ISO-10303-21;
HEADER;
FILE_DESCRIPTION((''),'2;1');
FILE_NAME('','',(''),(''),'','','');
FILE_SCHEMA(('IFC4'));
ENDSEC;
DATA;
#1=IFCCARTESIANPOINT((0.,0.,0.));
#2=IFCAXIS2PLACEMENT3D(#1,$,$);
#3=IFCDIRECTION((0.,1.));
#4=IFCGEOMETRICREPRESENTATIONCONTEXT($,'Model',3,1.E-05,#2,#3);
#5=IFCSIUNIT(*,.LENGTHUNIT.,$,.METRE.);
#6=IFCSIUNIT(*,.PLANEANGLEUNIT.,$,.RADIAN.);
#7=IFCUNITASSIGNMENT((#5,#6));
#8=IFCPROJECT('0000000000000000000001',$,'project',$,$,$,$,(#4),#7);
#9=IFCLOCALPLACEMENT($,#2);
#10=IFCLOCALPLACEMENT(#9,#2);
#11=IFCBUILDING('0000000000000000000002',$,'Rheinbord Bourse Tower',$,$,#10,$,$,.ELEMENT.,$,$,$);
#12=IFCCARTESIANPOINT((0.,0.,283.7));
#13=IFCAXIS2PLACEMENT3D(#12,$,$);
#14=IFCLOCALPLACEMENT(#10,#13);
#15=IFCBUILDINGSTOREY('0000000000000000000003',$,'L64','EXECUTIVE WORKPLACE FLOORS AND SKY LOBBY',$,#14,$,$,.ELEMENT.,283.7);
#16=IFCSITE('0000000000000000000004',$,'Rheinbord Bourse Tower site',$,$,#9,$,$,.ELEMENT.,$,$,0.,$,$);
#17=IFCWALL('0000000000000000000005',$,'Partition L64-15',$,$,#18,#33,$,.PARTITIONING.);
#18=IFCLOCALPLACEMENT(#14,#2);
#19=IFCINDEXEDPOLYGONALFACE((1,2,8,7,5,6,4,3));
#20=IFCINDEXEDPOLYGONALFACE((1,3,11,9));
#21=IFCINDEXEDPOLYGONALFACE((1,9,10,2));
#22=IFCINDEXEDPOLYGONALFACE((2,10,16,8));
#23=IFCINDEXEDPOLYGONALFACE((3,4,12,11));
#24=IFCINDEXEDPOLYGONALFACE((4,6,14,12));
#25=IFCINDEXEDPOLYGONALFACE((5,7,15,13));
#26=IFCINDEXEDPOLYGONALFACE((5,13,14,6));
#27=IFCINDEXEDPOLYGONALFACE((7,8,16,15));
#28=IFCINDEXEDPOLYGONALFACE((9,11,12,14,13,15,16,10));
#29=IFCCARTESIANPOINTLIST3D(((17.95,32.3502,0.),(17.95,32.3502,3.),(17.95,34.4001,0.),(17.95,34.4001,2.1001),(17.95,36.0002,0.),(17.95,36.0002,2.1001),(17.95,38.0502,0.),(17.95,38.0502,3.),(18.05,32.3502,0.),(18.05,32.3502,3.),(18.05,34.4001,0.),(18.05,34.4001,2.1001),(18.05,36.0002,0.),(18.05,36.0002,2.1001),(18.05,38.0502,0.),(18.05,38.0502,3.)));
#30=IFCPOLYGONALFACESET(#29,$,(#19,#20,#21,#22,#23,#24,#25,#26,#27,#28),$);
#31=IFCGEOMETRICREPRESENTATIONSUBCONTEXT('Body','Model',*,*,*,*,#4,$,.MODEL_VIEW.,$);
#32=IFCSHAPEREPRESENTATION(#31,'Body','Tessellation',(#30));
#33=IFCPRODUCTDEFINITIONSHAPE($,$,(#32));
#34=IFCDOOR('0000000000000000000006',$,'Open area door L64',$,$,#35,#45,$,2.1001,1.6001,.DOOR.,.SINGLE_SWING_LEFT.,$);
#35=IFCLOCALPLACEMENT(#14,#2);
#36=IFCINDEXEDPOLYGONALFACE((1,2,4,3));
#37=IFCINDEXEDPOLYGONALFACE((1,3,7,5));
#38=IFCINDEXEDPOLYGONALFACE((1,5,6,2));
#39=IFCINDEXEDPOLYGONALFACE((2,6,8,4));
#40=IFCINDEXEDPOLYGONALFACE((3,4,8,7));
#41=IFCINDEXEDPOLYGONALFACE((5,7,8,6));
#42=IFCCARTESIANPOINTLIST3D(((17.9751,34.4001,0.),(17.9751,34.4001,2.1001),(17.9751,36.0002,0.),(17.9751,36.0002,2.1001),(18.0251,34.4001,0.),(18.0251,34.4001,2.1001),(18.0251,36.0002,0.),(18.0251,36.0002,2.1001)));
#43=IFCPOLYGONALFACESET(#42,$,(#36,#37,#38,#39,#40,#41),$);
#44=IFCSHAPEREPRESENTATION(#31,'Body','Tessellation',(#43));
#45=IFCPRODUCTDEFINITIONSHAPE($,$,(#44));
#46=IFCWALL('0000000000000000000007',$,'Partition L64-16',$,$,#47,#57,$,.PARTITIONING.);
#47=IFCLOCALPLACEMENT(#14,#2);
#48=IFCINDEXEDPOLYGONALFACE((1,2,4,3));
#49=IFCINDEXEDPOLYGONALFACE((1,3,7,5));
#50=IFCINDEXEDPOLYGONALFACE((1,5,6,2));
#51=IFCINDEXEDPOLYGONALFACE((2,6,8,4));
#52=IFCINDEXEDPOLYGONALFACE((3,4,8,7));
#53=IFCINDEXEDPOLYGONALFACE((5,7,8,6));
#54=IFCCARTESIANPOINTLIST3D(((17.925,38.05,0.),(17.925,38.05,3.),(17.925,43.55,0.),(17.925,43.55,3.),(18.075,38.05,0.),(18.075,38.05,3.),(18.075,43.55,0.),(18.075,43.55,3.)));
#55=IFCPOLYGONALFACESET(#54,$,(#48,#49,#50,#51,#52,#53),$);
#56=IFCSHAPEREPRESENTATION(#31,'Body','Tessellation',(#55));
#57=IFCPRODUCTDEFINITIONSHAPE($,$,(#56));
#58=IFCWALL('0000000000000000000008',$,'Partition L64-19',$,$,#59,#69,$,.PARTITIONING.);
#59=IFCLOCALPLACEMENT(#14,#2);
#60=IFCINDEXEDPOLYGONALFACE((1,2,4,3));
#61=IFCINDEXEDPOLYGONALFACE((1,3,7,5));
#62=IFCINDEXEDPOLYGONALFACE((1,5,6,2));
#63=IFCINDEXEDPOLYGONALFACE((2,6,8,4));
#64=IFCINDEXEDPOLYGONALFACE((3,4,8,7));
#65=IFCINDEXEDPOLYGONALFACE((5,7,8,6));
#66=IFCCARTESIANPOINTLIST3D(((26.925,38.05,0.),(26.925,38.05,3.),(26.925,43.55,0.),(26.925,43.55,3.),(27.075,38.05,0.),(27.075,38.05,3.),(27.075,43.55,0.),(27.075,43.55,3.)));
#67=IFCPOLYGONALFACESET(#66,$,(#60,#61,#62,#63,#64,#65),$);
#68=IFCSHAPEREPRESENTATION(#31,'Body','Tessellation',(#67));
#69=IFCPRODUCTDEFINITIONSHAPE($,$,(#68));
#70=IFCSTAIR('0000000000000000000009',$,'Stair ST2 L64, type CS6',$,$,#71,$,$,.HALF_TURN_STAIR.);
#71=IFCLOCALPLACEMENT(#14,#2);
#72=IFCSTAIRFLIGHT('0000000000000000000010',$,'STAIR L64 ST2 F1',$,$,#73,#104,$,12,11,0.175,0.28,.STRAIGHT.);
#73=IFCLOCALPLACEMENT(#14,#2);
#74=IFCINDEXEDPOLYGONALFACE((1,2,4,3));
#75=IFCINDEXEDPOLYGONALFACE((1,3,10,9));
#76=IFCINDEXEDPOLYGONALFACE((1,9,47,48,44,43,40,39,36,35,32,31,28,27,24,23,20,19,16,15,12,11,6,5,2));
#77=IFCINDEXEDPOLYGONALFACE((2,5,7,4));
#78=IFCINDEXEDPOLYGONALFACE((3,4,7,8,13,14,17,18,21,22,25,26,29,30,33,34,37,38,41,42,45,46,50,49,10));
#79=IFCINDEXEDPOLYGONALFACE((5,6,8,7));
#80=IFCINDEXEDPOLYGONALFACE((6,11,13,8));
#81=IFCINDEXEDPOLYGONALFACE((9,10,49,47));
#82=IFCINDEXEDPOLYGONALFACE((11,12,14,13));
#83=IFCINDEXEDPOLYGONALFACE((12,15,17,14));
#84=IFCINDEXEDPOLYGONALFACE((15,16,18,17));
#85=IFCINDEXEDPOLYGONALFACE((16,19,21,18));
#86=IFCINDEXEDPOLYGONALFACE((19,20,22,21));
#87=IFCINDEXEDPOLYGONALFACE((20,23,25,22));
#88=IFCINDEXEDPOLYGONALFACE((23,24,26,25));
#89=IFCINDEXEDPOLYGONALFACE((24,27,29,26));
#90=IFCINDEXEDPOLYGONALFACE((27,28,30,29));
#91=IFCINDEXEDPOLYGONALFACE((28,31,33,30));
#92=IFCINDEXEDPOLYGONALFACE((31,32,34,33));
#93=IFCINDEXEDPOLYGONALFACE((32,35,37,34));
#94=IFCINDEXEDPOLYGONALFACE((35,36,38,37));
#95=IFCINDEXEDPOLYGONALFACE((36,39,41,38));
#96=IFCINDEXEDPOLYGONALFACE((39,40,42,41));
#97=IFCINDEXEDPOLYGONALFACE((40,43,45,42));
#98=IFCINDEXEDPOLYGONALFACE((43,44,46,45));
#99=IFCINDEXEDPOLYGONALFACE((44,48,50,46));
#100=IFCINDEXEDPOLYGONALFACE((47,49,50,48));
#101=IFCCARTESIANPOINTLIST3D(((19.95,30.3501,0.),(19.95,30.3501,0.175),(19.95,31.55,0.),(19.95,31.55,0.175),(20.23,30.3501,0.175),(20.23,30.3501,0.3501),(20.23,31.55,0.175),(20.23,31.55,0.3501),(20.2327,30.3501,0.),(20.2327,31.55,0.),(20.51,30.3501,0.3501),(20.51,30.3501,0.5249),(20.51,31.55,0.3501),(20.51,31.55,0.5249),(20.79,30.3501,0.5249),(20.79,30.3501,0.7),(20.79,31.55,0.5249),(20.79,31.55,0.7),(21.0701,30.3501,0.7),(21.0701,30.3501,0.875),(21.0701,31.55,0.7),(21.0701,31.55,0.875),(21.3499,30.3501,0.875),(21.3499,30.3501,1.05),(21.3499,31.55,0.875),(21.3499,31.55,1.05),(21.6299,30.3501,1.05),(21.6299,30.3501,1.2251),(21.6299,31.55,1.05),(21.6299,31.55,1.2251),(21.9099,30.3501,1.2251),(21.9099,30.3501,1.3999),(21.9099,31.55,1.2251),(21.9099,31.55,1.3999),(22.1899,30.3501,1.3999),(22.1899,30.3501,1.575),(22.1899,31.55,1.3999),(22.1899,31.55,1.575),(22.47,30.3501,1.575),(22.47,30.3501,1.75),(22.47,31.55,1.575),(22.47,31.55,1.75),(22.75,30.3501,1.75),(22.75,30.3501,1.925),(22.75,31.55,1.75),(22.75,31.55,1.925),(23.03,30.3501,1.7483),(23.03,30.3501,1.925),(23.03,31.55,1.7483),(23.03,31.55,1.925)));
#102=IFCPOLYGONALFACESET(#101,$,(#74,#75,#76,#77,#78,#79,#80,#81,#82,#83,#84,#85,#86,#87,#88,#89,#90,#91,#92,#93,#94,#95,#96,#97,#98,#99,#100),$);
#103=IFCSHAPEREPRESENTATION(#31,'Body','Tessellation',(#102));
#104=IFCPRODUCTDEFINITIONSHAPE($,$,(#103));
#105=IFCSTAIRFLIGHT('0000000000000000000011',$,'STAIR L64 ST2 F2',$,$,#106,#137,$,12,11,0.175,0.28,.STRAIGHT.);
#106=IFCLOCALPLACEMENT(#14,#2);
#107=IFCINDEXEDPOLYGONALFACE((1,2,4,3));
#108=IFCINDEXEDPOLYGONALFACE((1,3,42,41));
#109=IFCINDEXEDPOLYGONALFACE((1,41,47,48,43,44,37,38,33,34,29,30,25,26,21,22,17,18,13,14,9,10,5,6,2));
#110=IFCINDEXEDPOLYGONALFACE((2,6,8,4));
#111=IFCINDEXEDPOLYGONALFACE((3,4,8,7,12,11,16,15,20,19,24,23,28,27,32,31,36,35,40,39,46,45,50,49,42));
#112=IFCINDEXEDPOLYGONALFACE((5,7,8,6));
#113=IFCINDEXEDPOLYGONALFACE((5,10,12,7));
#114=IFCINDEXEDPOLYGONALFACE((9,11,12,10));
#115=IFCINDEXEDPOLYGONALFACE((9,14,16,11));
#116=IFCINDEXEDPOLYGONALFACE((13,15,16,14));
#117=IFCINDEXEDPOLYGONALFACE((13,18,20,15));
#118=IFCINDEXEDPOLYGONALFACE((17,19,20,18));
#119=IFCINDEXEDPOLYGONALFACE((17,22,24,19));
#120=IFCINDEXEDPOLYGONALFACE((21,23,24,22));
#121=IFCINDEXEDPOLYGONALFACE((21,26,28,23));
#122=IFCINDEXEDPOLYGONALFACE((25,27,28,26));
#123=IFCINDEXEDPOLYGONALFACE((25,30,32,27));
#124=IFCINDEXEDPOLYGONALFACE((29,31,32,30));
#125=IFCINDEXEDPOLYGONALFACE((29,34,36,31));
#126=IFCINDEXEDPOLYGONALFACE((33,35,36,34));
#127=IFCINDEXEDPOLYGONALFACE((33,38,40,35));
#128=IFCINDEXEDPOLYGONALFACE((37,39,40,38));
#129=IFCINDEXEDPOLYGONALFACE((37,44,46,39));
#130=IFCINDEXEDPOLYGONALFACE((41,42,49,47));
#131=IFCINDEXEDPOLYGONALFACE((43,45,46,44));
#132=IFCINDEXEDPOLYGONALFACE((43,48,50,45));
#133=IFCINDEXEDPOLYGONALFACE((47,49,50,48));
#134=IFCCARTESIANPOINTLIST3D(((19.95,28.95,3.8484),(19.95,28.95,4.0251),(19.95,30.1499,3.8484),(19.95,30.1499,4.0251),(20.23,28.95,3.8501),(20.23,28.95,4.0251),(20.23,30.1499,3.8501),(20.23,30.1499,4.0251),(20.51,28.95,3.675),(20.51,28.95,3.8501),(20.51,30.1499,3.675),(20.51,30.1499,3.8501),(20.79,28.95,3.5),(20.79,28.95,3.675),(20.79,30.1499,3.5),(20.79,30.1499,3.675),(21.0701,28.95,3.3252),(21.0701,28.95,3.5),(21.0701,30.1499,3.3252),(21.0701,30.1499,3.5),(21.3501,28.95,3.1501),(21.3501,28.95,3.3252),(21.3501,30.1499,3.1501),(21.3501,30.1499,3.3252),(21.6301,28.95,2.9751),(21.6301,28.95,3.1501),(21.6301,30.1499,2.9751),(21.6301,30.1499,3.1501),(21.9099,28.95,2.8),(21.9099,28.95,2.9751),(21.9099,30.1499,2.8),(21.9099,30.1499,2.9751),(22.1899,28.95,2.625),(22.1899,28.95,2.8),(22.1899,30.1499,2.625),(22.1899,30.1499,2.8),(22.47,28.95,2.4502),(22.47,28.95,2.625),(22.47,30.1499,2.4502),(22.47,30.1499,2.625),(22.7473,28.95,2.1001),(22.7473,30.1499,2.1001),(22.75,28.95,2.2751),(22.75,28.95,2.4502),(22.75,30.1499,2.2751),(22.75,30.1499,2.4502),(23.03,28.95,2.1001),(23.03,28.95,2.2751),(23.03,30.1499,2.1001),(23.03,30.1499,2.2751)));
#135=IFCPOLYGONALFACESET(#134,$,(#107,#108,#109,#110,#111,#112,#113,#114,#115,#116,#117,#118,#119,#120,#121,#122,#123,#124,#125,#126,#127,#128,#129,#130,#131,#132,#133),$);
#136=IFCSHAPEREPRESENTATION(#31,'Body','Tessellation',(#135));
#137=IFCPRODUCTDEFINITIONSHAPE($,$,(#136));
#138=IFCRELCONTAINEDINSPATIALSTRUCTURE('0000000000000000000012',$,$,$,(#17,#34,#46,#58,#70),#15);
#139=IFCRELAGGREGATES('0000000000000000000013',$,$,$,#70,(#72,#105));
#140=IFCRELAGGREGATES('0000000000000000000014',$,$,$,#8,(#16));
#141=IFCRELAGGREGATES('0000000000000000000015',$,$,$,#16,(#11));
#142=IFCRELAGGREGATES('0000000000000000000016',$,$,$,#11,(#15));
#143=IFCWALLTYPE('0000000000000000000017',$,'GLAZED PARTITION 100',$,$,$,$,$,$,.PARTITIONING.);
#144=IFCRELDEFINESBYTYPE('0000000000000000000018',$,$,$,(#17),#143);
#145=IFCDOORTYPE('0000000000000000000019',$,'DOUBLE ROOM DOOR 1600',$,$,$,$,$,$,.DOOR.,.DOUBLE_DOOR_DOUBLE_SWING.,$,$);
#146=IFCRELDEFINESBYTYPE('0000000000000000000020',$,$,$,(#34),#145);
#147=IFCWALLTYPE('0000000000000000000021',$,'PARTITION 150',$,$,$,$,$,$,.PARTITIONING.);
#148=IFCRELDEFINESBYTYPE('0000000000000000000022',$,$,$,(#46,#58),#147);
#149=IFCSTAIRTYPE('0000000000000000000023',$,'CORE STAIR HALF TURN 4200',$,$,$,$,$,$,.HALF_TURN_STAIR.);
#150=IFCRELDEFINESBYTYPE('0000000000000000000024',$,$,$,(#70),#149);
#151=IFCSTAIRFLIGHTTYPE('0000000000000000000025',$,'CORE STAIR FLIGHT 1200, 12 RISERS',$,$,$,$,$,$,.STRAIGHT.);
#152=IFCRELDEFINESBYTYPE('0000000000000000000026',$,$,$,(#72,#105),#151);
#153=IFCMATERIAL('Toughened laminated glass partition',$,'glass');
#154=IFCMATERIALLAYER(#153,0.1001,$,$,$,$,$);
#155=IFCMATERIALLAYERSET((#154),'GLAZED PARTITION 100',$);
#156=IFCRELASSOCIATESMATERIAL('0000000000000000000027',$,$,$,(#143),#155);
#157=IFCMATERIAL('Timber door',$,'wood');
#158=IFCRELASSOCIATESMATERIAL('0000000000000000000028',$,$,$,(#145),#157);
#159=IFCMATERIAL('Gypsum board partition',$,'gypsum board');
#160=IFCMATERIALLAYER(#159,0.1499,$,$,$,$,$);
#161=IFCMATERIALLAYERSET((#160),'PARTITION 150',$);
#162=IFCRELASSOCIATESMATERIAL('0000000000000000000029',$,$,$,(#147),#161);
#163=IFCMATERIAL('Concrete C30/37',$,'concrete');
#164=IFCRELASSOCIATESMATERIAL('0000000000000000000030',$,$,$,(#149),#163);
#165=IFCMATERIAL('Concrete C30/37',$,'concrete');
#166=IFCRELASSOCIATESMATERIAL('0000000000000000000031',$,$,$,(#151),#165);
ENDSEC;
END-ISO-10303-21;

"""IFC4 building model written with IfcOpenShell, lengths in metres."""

from ifc_helpers import new_model, si_unit, direction, frame, frame_2d, origin, place, context, subcontext, project, spatial, polyline, rectangle, outline, extrude, material, layer, layer_set, type_object, element, fill, aggregate, save


model = new_model("IFC4")

# Units and contexts
model_context = context("Model", 3, precision=1e-05, world=origin(), true_north=direction((0.0, 1.0)))
body_context = subcontext(model_context, "Body", "Model", "MODEL_VIEW")
ifc_project = project(units=[si_unit("LENGTHUNIT", "METRE"), si_unit("PLANEANGLEUNIT", "RADIAN")], contexts=[model_context])

# Site, building, storey
site_placement = place(None, origin())
site = spatial("IfcSite", under=ifc_project, at=site_placement, Name="Rheinbord Bourse Tower site", CompositionType="ELEMENT", RefElevation=0.0)
building_placement = place(site_placement, origin())
building = spatial("IfcBuilding", under=site, at=building_placement, Name="Rheinbord Bourse Tower", CompositionType="ELEMENT")
storey_placement = place(building_placement, frame((0.0, 0.0, 283.7)))
storey = spatial("IfcBuildingStorey", under=building, at=storey_placement, Name="L64", Description="EXECUTIVE WORKPLACE FLOORS AND SKY LOBBY", CompositionType="ELEMENT", Elevation=283.7)

# Wall, opening, door
ifc_material_1 = material(Name="Toughened laminated glass partition", Category="glass")
ifc_layer_1 = layer(ifc_material_1, 0.1001)
ifc_layer_set_1 = layer_set([ifc_layer_1], Name="GLAZED PARTITION 100")
wall_type_1 = type_object("IfcWallType", Name="GLAZED PARTITION 100", PredefinedType="PARTITIONING", material=ifc_layer_set_1)
wall_1_placement = place(storey_placement, frame((18.0, 32.3501, 0.0), z_axis=(0.0, 0.0, 1.0), x_axis=(0.0, 1.0, 0.0)))
wall_1 = element("IfcWall", 1, at=wall_1_placement, inside=storey, type_object=wall_type_1, Name="Partition L64-15", PredefinedType="PARTITIONING", context=body_context, shape_type="SweptSolid", body=[
    extrude(rectangle(XDim=5.7, YDim=0.1001, at=frame_2d((2.8501, 0.0))), origin(), (0.0, 0.0, 1.0), 3.0),
])
opening_placement = place(wall_1_placement, frame((2.05, 0.0, 0.0)))
opening = element("IfcOpeningElement", 2, at=opening_placement, cuts=wall_1, PredefinedType="OPENING", context=body_context, shape_type="SweptSolid", body=[
    extrude(rectangle(XDim=1.6001, YDim=2.1001, at=frame_2d((0.8, 1.05))), frame((0.0, 0.0601, 0.0), z_axis=(0.0, -1.0, 0.0), x_axis=(1.0, 0.0, 0.0)), (0.0, 0.0, 1.0), 0.1201),
])
ifc_material_2 = material(Name="Timber door", Category="wood")
door_type = type_object("IfcDoorType", Name="DOUBLE ROOM DOOR 1600", OperationType="DOUBLE_DOOR_DOUBLE_SWING", PredefinedType="DOOR", material=ifc_material_2)
door_placement = place(opening_placement, origin())
door = element("IfcDoor", 3, at=door_placement, inside=storey, type_object=door_type, Name="Open area door L64", OperationType="SINGLE_SWING_LEFT", OverallHeight=2.1001, OverallWidth=1.6001, PredefinedType="DOOR", context=body_context, shape_type="SweptSolid", body=[
    extrude(rectangle(XDim=1.6001, YDim=2.1001, at=frame_2d((0.8, 1.05))), frame((0.0, 0.0249, 0.0), z_axis=(0.0, -1.0, 0.0), x_axis=(1.0, 0.0, 0.0)), (0.0, 0.0, 1.0), 0.05),
])
fill(opening, door)

# Walls
ifc_material_3 = material(Name="Gypsum board partition", Category="gypsum board")
ifc_layer_2 = layer(ifc_material_3, 0.1499)
ifc_layer_set_2 = layer_set([ifc_layer_2], Name="PARTITION 150")
wall_type_2 = type_object("IfcWallType", Name="PARTITION 150", PredefinedType="PARTITIONING", material=ifc_layer_set_2)
for number, where, z_axis, x_axis, name in (
    (4, (18.0, 38.05, 0.0), (0.0, 0.0, 1.0), (0.0, 1.0, 0.0), "Partition L64-16"),
    (5, (27.0, 38.05, 0.0), (0.0, 0.0, 1.0), (0.0, 1.0, 0.0), "Partition L64-19"),
):
    element("IfcWall", number, at=place(storey_placement, frame(where, z_axis=z_axis, x_axis=x_axis)), inside=storey, type_object=wall_type_2, Name=name, PredefinedType="PARTITIONING", context=body_context, shape_type="SweptSolid", body=[
        extrude(rectangle(XDim=5.5, YDim=0.1499, at=frame_2d((2.75, 0.0))), origin(), (0.0, 0.0, 1.0), 3.0),
    ])

# Stair, stair flights
ifc_material_4 = material(Name="Concrete C30/37", Category="concrete")
stair_type = type_object("IfcStairType", Name="CORE STAIR HALF TURN 4200", PredefinedType="HALF_TURN_STAIR", material=ifc_material_4)
stair_placement = place(storey_placement, origin())
stair = element("IfcStair", 6, at=stair_placement, inside=storey, type_object=stair_type, Name="Stair ST2 L64, type CS6", PredefinedType="HALF_TURN_STAIR")
ifc_material_5 = material(Name="Concrete C30/37", Category="concrete")
stair_flight_type = type_object("IfcStairFlightType", Name="CORE STAIR FLIGHT 1200, 12 RISERS", PredefinedType="STRAIGHT", material=ifc_material_5)
stair_flight_1_placement = place(storey_placement, frame((19.95, 30.95, 0.0), z_axis=(0.0, 0.0, 1.0), x_axis=(1.0, 0.0, 0.0)))
stair_flight_1 = element("IfcStairFlight", 7, at=stair_flight_1_placement, type_object=stair_flight_type, Name="STAIR L64 ST2 F1", NumberOfRisers=12, NumberOfTreads=11, PredefinedType="STRAIGHT", RiserHeight=0.175, TreadLength=0.28, context=body_context, shape_type="SweptSolid", body=[
    extrude(outline(polyline([(0.0, 0.0), (0.0, 0.175), (0.28, 0.175), (0.28, 0.3501), (0.5601, 0.3501), (0.5601, 0.5249), (0.8401, 0.5249), (0.8401, 0.7), (1.1201, 0.7), (1.1201, 0.875), (1.3999, 0.875), (1.3999, 1.05), (1.6799, 1.05), (1.6799, 1.2251), (1.96, 1.2251), (1.96, 1.3999), (2.24, 1.3999), (2.24, 1.575), (2.52, 1.575), (2.52, 1.75), (2.8, 1.75), (2.8, 1.925), (3.0801, 1.925), (3.0801, 2.1001), (3.0801, 1.7483), (0.2827, 0.0), (0.0, 0.0)])), frame((0.0, 0.6001, 0.0), z_axis=(0.0, -1.0, 0.0), x_axis=(1.0, 0.0, 0.0)), (0.0, 0.0, 1.0), 1.2),
])
stair_flight_2_placement = place(storey_placement, frame((23.03, 29.55, 2.1001), z_axis=(0.0, 0.0, 1.0), x_axis=(-1.0, 0.0, 0.0)))
stair_flight_2 = element("IfcStairFlight", 8, at=stair_flight_2_placement, type_object=stair_flight_type, Name="STAIR L64 ST2 F2", NumberOfRisers=12, NumberOfTreads=11, PredefinedType="STRAIGHT", RiserHeight=0.175, TreadLength=0.28, context=body_context, shape_type="SweptSolid", body=[
    extrude(outline(polyline([(0.0, 0.0), (0.0, 0.175), (0.28, 0.175), (0.28, 0.3501), (0.5601, 0.3501), (0.5601, 0.5249), (0.8401, 0.5249), (0.8401, 0.7), (1.1201, 0.7), (1.1201, 0.875), (1.3999, 0.875), (1.3999, 1.05), (1.6799, 1.05), (1.6799, 1.2251), (1.96, 1.2251), (1.96, 1.3999), (2.24, 1.3999), (2.24, 1.575), (2.52, 1.575), (2.52, 1.75), (2.8, 1.75), (2.8, 1.925), (3.0801, 1.925), (3.0801, 2.1001), (3.0801, 1.7483), (0.2827, 0.0), (0.0, 0.0)])), frame((0.0, 0.6001, 0.0), z_axis=(0.0, -1.0, 0.0), x_axis=(1.0, 0.0, 0.0)), (0.0, 0.0, 1.0), 1.2),
])
aggregate(stair, [stair_flight_1, stair_flight_2])

save(model, "model.ifc")
